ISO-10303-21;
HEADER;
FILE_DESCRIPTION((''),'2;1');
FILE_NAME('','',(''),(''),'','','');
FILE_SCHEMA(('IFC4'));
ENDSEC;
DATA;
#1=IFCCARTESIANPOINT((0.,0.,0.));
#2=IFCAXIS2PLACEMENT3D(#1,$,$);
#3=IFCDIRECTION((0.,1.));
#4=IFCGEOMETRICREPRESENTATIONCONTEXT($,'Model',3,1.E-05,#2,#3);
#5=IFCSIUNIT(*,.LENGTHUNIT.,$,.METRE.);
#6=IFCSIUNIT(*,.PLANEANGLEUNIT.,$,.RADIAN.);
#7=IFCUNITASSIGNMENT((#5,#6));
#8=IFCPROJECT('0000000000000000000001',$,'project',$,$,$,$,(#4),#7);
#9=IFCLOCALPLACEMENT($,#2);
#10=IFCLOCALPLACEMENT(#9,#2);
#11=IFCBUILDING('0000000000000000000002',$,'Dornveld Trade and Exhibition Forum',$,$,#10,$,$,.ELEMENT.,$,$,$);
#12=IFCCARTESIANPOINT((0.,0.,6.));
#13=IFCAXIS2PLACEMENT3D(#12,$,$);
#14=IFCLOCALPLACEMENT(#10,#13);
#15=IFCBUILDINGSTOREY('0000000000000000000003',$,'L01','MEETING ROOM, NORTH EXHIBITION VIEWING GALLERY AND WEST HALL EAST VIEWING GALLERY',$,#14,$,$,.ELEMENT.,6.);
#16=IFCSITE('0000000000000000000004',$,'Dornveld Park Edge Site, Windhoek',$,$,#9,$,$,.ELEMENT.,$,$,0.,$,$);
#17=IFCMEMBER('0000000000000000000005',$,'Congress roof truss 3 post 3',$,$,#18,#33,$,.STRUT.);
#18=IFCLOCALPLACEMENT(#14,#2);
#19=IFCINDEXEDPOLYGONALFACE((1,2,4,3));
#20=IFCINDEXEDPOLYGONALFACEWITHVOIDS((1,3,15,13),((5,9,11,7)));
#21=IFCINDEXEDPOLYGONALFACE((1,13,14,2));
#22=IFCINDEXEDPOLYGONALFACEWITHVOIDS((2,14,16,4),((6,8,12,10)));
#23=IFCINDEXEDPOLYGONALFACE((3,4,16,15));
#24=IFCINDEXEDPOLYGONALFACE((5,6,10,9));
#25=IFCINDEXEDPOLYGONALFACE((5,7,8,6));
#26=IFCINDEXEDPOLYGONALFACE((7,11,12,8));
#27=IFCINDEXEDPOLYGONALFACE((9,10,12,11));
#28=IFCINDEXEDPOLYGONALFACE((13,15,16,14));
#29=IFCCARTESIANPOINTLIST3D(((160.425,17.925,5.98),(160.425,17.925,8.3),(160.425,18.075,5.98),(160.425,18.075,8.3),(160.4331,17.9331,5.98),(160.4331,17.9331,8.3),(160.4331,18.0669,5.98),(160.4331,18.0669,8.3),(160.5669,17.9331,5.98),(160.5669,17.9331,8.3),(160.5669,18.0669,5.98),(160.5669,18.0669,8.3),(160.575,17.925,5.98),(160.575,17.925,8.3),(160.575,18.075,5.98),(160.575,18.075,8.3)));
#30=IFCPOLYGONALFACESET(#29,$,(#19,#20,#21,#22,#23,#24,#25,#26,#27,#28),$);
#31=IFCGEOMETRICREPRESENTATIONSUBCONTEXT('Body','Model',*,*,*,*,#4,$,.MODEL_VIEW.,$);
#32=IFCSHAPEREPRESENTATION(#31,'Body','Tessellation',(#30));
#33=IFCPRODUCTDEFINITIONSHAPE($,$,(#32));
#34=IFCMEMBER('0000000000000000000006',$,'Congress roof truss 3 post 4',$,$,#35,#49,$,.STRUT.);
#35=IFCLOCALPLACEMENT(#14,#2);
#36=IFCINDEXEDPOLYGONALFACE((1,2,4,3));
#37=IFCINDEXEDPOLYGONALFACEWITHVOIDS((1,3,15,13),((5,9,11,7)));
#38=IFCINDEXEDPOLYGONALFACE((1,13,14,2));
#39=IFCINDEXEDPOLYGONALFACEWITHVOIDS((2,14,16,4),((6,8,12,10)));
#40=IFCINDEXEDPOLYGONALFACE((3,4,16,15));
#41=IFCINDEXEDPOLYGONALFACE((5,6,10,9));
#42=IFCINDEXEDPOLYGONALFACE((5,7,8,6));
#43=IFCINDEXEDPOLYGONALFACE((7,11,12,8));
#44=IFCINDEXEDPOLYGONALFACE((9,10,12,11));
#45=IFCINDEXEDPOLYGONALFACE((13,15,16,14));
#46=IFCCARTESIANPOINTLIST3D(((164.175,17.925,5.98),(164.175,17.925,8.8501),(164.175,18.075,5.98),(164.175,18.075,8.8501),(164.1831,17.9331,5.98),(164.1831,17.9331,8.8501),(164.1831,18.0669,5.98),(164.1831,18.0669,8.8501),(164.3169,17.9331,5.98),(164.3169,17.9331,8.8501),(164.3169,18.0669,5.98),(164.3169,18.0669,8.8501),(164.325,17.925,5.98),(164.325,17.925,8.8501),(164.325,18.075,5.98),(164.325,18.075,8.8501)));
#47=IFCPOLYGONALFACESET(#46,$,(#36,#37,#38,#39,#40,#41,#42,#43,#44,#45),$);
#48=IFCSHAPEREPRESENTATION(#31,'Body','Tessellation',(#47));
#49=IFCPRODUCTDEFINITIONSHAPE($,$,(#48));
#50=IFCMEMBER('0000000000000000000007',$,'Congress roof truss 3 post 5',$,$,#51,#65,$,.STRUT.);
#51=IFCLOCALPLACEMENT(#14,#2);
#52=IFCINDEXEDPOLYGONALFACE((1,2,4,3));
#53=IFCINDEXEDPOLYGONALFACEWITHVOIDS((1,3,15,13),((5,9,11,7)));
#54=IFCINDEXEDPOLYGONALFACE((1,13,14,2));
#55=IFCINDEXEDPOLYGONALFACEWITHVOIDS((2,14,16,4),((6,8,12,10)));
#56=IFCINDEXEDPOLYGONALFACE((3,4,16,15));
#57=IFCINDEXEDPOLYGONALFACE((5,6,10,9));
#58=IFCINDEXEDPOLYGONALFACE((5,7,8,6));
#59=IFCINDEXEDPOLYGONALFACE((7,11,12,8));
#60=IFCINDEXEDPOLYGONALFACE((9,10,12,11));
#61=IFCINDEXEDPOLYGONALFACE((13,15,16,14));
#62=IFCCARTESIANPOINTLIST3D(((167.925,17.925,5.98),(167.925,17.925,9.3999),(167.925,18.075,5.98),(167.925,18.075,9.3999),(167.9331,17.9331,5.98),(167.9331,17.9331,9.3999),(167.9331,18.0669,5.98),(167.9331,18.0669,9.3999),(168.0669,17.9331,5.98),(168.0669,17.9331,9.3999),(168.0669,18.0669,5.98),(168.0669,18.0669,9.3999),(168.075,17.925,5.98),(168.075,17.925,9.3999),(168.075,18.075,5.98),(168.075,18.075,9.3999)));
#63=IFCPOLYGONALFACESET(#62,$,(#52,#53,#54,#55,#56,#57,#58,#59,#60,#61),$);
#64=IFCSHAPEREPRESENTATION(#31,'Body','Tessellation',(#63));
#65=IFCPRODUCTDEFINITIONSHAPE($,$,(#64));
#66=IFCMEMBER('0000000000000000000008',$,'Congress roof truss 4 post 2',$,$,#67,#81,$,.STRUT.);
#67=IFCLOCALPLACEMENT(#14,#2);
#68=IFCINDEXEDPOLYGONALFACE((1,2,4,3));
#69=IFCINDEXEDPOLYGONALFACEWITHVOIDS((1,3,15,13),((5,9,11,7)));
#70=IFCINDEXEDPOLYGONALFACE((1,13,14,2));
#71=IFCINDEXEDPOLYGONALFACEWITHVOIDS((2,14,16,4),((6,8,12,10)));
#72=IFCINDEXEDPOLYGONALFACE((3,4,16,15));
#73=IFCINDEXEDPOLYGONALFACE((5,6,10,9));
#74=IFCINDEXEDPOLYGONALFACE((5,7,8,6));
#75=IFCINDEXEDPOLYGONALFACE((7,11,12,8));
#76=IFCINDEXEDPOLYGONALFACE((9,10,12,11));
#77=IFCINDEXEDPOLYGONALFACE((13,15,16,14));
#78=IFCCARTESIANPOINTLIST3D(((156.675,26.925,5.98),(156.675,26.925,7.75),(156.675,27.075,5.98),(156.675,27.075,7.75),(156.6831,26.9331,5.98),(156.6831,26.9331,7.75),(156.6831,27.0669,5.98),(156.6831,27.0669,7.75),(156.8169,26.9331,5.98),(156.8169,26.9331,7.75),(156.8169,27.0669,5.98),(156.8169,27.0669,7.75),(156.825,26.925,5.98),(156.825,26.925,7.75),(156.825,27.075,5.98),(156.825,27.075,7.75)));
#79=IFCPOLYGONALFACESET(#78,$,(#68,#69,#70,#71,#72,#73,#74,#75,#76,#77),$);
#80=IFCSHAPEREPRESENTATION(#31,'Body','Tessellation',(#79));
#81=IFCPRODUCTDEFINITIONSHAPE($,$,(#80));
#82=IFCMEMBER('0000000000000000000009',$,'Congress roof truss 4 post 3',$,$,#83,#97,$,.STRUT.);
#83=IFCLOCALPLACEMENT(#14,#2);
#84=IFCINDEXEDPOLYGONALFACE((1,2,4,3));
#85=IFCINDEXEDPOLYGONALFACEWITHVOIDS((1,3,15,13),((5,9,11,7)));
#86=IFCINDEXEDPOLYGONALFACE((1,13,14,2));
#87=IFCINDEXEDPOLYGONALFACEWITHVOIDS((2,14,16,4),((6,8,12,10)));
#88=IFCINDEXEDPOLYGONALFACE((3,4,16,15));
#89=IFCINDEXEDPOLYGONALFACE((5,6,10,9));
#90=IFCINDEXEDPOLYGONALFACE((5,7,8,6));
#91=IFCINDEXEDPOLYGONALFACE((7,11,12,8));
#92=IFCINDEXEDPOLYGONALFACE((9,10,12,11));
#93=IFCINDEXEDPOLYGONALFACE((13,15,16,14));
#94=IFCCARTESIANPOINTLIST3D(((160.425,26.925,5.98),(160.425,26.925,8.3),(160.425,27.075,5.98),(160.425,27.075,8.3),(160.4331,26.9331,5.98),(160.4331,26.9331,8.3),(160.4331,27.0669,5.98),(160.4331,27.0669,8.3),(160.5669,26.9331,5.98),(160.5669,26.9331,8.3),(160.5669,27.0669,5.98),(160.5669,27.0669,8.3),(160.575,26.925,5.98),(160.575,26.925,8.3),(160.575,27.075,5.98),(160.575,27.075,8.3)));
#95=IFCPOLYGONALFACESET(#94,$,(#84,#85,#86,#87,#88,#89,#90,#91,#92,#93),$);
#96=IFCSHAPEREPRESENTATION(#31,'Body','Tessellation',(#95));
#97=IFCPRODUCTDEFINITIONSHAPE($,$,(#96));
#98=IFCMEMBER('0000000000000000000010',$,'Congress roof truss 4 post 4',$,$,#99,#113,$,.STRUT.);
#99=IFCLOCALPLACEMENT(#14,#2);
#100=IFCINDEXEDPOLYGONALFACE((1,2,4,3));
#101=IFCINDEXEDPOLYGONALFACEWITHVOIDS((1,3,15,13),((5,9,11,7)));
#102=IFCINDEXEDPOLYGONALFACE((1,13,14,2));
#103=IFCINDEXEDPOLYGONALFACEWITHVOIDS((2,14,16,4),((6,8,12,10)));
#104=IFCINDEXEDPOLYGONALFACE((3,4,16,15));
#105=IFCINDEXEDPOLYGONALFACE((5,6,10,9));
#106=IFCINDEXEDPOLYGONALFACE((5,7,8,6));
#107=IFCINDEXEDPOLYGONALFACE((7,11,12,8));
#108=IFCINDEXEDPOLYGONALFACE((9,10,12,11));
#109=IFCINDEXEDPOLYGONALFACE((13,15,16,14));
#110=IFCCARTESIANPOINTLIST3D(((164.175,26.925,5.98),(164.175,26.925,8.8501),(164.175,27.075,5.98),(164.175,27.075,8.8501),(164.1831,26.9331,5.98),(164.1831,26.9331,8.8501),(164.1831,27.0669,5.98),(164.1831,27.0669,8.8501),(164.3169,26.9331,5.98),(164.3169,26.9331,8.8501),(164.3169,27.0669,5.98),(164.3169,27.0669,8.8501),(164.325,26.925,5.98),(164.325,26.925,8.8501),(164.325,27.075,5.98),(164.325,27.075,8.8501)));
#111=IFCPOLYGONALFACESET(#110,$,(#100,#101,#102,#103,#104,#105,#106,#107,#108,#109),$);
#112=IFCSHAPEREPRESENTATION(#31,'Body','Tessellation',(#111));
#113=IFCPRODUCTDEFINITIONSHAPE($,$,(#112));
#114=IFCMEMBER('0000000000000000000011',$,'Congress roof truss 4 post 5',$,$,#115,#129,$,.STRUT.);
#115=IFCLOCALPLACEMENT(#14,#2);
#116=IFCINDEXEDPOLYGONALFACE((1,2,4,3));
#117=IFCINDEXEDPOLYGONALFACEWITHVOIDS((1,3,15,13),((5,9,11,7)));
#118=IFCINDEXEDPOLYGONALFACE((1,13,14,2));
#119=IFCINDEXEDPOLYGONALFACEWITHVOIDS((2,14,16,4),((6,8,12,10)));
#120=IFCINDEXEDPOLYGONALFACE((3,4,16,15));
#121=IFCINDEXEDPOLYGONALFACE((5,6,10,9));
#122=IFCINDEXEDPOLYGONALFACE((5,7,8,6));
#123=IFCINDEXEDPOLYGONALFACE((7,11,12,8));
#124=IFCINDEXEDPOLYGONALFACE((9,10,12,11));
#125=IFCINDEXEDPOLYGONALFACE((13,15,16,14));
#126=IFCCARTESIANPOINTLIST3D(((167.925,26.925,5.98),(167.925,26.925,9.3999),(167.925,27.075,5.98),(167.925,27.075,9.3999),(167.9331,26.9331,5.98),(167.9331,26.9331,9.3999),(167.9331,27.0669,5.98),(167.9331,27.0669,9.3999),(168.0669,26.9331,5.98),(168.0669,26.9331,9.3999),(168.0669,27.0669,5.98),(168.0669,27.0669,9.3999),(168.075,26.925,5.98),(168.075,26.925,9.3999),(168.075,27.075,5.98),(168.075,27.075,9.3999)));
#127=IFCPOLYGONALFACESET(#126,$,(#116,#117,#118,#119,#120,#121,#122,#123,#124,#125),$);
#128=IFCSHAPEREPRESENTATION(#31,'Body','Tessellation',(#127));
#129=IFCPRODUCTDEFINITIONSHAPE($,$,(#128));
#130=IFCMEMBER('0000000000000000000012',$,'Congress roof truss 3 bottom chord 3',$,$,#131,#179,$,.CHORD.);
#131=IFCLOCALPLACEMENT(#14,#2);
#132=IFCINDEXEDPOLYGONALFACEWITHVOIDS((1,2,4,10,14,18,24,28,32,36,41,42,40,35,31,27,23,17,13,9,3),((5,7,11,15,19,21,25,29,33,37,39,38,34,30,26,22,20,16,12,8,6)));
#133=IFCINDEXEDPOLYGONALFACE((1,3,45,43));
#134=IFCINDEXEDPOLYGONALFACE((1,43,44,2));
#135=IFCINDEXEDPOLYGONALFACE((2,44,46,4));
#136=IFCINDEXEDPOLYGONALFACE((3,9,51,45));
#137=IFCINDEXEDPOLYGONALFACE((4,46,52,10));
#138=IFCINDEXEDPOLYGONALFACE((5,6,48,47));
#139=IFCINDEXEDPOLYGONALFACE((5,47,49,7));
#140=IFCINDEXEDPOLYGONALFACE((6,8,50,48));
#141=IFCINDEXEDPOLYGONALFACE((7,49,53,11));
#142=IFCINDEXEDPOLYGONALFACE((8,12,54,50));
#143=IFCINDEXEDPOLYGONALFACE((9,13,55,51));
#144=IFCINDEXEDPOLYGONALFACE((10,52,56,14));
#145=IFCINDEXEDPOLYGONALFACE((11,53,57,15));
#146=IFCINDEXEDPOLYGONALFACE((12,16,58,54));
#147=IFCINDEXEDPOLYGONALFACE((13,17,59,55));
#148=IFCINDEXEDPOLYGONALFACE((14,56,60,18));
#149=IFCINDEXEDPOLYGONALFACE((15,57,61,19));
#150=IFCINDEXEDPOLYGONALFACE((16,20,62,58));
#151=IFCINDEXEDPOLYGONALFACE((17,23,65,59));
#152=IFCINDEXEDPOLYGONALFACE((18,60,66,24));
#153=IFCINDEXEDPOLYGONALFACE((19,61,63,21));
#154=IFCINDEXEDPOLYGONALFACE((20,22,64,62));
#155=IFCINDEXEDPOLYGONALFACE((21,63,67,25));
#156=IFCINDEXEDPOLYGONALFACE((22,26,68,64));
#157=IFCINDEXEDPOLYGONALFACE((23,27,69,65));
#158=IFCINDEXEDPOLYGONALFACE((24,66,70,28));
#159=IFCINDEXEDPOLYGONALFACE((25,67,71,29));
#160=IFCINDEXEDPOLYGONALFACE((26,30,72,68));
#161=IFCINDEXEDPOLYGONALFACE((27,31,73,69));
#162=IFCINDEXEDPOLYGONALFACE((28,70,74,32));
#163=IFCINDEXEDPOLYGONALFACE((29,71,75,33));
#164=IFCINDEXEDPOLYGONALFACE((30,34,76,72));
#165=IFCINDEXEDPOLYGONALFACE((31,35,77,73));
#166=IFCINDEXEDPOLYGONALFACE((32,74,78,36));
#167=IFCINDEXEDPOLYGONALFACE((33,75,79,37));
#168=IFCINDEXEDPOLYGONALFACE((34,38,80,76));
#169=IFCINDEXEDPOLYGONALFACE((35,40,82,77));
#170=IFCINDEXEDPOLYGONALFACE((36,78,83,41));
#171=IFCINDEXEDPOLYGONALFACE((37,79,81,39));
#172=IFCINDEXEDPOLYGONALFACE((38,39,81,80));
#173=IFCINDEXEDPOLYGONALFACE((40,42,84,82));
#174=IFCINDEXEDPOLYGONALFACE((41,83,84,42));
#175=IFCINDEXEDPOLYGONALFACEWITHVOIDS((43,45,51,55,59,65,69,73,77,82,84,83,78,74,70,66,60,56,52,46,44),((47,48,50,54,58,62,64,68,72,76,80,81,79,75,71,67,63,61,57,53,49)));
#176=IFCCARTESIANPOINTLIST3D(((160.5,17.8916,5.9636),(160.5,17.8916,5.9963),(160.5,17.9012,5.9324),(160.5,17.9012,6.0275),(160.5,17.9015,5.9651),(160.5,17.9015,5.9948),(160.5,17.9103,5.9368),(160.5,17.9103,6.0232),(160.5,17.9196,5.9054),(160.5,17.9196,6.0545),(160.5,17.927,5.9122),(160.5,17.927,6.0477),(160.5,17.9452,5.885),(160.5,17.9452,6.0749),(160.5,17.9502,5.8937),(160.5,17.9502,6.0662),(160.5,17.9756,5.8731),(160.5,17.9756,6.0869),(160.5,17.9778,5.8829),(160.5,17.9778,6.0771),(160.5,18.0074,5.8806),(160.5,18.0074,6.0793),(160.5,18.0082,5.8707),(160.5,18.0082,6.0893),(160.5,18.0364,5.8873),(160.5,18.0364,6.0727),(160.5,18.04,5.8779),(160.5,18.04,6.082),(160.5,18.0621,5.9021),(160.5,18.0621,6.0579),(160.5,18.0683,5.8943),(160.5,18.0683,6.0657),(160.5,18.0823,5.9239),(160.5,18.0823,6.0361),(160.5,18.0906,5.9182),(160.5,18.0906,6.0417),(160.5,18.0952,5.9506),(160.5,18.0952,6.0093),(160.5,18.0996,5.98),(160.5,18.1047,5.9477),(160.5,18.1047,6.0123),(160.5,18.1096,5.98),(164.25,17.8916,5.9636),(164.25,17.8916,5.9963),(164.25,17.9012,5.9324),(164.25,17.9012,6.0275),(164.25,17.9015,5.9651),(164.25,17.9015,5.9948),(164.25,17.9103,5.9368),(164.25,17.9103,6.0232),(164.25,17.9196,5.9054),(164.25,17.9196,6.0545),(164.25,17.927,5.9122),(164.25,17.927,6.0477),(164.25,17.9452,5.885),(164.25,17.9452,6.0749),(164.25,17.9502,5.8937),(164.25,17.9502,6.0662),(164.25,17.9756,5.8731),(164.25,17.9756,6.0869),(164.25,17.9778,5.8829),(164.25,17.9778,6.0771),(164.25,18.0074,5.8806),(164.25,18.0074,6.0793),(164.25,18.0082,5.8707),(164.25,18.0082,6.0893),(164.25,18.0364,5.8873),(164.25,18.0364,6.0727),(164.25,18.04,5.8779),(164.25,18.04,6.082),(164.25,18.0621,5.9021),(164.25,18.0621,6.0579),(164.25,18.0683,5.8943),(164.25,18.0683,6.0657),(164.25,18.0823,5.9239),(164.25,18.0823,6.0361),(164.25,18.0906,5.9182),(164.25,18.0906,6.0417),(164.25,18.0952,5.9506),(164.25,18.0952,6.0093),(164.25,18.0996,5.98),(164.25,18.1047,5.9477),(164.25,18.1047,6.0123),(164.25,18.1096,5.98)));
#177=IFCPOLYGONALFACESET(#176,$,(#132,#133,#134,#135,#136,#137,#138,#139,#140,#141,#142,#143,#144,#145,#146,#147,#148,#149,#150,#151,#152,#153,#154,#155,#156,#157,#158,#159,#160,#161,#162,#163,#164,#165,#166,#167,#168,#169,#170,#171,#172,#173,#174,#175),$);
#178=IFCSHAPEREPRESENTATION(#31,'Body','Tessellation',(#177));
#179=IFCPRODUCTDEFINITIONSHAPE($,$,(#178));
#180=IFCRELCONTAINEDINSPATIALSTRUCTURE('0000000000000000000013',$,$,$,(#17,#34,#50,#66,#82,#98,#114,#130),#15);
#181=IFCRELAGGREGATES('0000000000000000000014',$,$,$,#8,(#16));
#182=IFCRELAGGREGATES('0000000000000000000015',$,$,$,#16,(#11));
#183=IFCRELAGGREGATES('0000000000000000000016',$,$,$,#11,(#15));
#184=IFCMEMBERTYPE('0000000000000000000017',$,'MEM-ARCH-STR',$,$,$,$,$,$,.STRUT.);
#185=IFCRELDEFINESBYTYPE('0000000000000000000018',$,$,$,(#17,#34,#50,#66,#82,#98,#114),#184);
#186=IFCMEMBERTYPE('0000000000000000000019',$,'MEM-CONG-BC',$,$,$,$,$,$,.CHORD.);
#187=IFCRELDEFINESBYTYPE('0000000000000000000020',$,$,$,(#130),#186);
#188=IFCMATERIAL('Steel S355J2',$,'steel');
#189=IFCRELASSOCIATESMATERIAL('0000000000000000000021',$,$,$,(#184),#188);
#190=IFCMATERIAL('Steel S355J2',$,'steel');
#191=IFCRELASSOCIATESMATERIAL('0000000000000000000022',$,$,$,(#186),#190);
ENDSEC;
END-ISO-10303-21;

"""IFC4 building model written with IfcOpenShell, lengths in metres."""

from ifc_helpers import new_model, si_unit, direction, frame, origin, origin_2d, place, context, subcontext, project, spatial, hollow_rectangle, hollow_circle, extrude, material, material_profile, profile_set, type_object, element, save


model = new_model("IFC4")

# Units and contexts
model_context = context("Model", 3, precision=1e-05, world=origin(), true_north=direction((0.0, 1.0)))
body_context = subcontext(model_context, "Body", "Model", "MODEL_VIEW")
ifc_project = project(units=[si_unit("LENGTHUNIT", "METRE"), si_unit("PLANEANGLEUNIT", "RADIAN")], contexts=[model_context])

# Site, building, storey
site_placement = place(None, origin())
site = spatial("IfcSite", under=ifc_project, at=site_placement, Name="Dornveld Park Edge Site, Windhoek", CompositionType="ELEMENT", RefElevation=0.0)
building_placement = place(site_placement, origin())
building = spatial("IfcBuilding", under=site, at=building_placement, Name="Dornveld Trade and Exhibition Forum", CompositionType="ELEMENT")
storey_placement = place(building_placement, frame((0.0, 0.0, 6.0)))
storey = spatial("IfcBuildingStorey", under=building, at=storey_placement, Name="L01", Description="MEETING ROOM, NORTH EXHIBITION VIEWING GALLERY AND WEST HALL EAST VIEWING GALLERY", CompositionType="ELEMENT", Elevation=6.0)

# Members
ifc_material_1 = material(Name="Steel S355J2", Category="steel")
ifc_material_profile_1 = material_profile(ifc_material_1, hollow_rectangle(XDim=0.1499, YDim=0.1499, WallThickness=0.0081, at=origin_2d()), Name="SHS 150x150x8")
ifc_profile_set_1 = profile_set([ifc_material_profile_1], Name="Steel S355J2")
member_type_1 = type_object("IfcMemberType", Name="MEM-ARCH-STR", PredefinedType="STRUT", material=ifc_profile_set_1)
member_1_placement = place(storey_placement, frame((160.5, 18.0, 5.98), z_axis=(0.0, 0.0, 1.0), x_axis=(1.0, 0.0, 0.0)))
element("IfcMember", 1, at=member_1_placement, inside=storey, type_object=member_type_1, Name="Congress roof truss 3 post 3", PredefinedType="STRUT", context=body_context, shape_type="SweptSolid", body=[
    extrude(hollow_rectangle(XDim=0.1499, YDim=0.1499, WallThickness=0.0081, at=origin_2d()), origin(), (0.0, 0.0, 1.0), 2.3201),
])
member_2_placement = place(storey_placement, frame((164.25, 18.0, 5.98), z_axis=(0.0, 0.0, 1.0), x_axis=(1.0, 0.0, 0.0)))
element("IfcMember", 2, at=member_2_placement, inside=storey, type_object=member_type_1, Name="Congress roof truss 3 post 4", PredefinedType="STRUT", context=body_context, shape_type="SweptSolid", body=[
    extrude(hollow_rectangle(XDim=0.1499, YDim=0.1499, WallThickness=0.0081, at=origin_2d()), origin(), (0.0, 0.0, 1.0), 2.8701),
])
member_3_placement = place(storey_placement, frame((168.0, 18.0, 5.98), z_axis=(0.0, 0.0, 1.0), x_axis=(1.0, 0.0, 0.0)))
element("IfcMember", 3, at=member_3_placement, inside=storey, type_object=member_type_1, Name="Congress roof truss 3 post 5", PredefinedType="STRUT", context=body_context, shape_type="SweptSolid", body=[
    extrude(hollow_rectangle(XDim=0.1499, YDim=0.1499, WallThickness=0.0081, at=origin_2d()), origin(), (0.0, 0.0, 1.0), 3.4199),
])
member_4_placement = place(storey_placement, frame((156.75, 27.0, 5.98), z_axis=(0.0, 0.0, 1.0), x_axis=(1.0, 0.0, 0.0)))
element("IfcMember", 4, at=member_4_placement, inside=storey, type_object=member_type_1, Name="Congress roof truss 4 post 2", PredefinedType="STRUT", context=body_context, shape_type="SweptSolid", body=[
    extrude(hollow_rectangle(XDim=0.1499, YDim=0.1499, WallThickness=0.0081, at=origin_2d()), origin(), (0.0, 0.0, 1.0), 1.77),
])
member_5_placement = place(storey_placement, frame((160.5, 27.0, 5.98), z_axis=(0.0, 0.0, 1.0), x_axis=(1.0, 0.0, 0.0)))
element("IfcMember", 5, at=member_5_placement, inside=storey, type_object=member_type_1, Name="Congress roof truss 4 post 3", PredefinedType="STRUT", context=body_context, shape_type="SweptSolid", body=[
    extrude(hollow_rectangle(XDim=0.1499, YDim=0.1499, WallThickness=0.0081, at=origin_2d()), origin(), (0.0, 0.0, 1.0), 2.3201),
])
member_6_placement = place(storey_placement, frame((164.25, 27.0, 5.98), z_axis=(0.0, 0.0, 1.0), x_axis=(1.0, 0.0, 0.0)))
element("IfcMember", 6, at=member_6_placement, inside=storey, type_object=member_type_1, Name="Congress roof truss 4 post 4", PredefinedType="STRUT", context=body_context, shape_type="SweptSolid", body=[
    extrude(hollow_rectangle(XDim=0.1499, YDim=0.1499, WallThickness=0.0081, at=origin_2d()), origin(), (0.0, 0.0, 1.0), 2.8701),
])
member_7_placement = place(storey_placement, frame((168.0, 27.0, 5.98), z_axis=(0.0, 0.0, 1.0), x_axis=(1.0, 0.0, 0.0)))
element("IfcMember", 7, at=member_7_placement, inside=storey, type_object=member_type_1, Name="Congress roof truss 4 post 5", PredefinedType="STRUT", context=body_context, shape_type="SweptSolid", body=[
    extrude(hollow_rectangle(XDim=0.1499, YDim=0.1499, WallThickness=0.0081, at=origin_2d()), origin(), (0.0, 0.0, 1.0), 3.4199),
])
ifc_material_2 = material(Name="Steel S355J2", Category="steel")
ifc_material_profile_2 = material_profile(ifc_material_2, hollow_circle(Radius=0.1096, WallThickness=0.01, at=origin_2d()), Name="CHS 219.1x10")
ifc_profile_set_2 = profile_set([ifc_material_profile_2], Name="Steel S355J2")
member_type_2 = type_object("IfcMemberType", Name="MEM-CONG-BC", PredefinedType="CHORD", material=ifc_profile_set_2)
for number, where, z_axis, x_axis, name in (
    (8, (160.5, 18.0, 5.98), (1.0, 0.0, 0.0), (0.0, 1.0, 0.0), "Congress roof truss 3 bottom chord 3"),
):
    element("IfcMember", number, at=place(storey_placement, frame(where, z_axis=z_axis, x_axis=x_axis)), inside=storey, type_object=member_type_2, Name=name, PredefinedType="CHORD", context=body_context, shape_type="SweptSolid", body=[
        extrude(hollow_circle(Radius=0.1096, WallThickness=0.01, at=origin_2d()), origin(), (0.0, 0.0, 1.0), 3.75),
    ])

save(model, "model.ifc")
